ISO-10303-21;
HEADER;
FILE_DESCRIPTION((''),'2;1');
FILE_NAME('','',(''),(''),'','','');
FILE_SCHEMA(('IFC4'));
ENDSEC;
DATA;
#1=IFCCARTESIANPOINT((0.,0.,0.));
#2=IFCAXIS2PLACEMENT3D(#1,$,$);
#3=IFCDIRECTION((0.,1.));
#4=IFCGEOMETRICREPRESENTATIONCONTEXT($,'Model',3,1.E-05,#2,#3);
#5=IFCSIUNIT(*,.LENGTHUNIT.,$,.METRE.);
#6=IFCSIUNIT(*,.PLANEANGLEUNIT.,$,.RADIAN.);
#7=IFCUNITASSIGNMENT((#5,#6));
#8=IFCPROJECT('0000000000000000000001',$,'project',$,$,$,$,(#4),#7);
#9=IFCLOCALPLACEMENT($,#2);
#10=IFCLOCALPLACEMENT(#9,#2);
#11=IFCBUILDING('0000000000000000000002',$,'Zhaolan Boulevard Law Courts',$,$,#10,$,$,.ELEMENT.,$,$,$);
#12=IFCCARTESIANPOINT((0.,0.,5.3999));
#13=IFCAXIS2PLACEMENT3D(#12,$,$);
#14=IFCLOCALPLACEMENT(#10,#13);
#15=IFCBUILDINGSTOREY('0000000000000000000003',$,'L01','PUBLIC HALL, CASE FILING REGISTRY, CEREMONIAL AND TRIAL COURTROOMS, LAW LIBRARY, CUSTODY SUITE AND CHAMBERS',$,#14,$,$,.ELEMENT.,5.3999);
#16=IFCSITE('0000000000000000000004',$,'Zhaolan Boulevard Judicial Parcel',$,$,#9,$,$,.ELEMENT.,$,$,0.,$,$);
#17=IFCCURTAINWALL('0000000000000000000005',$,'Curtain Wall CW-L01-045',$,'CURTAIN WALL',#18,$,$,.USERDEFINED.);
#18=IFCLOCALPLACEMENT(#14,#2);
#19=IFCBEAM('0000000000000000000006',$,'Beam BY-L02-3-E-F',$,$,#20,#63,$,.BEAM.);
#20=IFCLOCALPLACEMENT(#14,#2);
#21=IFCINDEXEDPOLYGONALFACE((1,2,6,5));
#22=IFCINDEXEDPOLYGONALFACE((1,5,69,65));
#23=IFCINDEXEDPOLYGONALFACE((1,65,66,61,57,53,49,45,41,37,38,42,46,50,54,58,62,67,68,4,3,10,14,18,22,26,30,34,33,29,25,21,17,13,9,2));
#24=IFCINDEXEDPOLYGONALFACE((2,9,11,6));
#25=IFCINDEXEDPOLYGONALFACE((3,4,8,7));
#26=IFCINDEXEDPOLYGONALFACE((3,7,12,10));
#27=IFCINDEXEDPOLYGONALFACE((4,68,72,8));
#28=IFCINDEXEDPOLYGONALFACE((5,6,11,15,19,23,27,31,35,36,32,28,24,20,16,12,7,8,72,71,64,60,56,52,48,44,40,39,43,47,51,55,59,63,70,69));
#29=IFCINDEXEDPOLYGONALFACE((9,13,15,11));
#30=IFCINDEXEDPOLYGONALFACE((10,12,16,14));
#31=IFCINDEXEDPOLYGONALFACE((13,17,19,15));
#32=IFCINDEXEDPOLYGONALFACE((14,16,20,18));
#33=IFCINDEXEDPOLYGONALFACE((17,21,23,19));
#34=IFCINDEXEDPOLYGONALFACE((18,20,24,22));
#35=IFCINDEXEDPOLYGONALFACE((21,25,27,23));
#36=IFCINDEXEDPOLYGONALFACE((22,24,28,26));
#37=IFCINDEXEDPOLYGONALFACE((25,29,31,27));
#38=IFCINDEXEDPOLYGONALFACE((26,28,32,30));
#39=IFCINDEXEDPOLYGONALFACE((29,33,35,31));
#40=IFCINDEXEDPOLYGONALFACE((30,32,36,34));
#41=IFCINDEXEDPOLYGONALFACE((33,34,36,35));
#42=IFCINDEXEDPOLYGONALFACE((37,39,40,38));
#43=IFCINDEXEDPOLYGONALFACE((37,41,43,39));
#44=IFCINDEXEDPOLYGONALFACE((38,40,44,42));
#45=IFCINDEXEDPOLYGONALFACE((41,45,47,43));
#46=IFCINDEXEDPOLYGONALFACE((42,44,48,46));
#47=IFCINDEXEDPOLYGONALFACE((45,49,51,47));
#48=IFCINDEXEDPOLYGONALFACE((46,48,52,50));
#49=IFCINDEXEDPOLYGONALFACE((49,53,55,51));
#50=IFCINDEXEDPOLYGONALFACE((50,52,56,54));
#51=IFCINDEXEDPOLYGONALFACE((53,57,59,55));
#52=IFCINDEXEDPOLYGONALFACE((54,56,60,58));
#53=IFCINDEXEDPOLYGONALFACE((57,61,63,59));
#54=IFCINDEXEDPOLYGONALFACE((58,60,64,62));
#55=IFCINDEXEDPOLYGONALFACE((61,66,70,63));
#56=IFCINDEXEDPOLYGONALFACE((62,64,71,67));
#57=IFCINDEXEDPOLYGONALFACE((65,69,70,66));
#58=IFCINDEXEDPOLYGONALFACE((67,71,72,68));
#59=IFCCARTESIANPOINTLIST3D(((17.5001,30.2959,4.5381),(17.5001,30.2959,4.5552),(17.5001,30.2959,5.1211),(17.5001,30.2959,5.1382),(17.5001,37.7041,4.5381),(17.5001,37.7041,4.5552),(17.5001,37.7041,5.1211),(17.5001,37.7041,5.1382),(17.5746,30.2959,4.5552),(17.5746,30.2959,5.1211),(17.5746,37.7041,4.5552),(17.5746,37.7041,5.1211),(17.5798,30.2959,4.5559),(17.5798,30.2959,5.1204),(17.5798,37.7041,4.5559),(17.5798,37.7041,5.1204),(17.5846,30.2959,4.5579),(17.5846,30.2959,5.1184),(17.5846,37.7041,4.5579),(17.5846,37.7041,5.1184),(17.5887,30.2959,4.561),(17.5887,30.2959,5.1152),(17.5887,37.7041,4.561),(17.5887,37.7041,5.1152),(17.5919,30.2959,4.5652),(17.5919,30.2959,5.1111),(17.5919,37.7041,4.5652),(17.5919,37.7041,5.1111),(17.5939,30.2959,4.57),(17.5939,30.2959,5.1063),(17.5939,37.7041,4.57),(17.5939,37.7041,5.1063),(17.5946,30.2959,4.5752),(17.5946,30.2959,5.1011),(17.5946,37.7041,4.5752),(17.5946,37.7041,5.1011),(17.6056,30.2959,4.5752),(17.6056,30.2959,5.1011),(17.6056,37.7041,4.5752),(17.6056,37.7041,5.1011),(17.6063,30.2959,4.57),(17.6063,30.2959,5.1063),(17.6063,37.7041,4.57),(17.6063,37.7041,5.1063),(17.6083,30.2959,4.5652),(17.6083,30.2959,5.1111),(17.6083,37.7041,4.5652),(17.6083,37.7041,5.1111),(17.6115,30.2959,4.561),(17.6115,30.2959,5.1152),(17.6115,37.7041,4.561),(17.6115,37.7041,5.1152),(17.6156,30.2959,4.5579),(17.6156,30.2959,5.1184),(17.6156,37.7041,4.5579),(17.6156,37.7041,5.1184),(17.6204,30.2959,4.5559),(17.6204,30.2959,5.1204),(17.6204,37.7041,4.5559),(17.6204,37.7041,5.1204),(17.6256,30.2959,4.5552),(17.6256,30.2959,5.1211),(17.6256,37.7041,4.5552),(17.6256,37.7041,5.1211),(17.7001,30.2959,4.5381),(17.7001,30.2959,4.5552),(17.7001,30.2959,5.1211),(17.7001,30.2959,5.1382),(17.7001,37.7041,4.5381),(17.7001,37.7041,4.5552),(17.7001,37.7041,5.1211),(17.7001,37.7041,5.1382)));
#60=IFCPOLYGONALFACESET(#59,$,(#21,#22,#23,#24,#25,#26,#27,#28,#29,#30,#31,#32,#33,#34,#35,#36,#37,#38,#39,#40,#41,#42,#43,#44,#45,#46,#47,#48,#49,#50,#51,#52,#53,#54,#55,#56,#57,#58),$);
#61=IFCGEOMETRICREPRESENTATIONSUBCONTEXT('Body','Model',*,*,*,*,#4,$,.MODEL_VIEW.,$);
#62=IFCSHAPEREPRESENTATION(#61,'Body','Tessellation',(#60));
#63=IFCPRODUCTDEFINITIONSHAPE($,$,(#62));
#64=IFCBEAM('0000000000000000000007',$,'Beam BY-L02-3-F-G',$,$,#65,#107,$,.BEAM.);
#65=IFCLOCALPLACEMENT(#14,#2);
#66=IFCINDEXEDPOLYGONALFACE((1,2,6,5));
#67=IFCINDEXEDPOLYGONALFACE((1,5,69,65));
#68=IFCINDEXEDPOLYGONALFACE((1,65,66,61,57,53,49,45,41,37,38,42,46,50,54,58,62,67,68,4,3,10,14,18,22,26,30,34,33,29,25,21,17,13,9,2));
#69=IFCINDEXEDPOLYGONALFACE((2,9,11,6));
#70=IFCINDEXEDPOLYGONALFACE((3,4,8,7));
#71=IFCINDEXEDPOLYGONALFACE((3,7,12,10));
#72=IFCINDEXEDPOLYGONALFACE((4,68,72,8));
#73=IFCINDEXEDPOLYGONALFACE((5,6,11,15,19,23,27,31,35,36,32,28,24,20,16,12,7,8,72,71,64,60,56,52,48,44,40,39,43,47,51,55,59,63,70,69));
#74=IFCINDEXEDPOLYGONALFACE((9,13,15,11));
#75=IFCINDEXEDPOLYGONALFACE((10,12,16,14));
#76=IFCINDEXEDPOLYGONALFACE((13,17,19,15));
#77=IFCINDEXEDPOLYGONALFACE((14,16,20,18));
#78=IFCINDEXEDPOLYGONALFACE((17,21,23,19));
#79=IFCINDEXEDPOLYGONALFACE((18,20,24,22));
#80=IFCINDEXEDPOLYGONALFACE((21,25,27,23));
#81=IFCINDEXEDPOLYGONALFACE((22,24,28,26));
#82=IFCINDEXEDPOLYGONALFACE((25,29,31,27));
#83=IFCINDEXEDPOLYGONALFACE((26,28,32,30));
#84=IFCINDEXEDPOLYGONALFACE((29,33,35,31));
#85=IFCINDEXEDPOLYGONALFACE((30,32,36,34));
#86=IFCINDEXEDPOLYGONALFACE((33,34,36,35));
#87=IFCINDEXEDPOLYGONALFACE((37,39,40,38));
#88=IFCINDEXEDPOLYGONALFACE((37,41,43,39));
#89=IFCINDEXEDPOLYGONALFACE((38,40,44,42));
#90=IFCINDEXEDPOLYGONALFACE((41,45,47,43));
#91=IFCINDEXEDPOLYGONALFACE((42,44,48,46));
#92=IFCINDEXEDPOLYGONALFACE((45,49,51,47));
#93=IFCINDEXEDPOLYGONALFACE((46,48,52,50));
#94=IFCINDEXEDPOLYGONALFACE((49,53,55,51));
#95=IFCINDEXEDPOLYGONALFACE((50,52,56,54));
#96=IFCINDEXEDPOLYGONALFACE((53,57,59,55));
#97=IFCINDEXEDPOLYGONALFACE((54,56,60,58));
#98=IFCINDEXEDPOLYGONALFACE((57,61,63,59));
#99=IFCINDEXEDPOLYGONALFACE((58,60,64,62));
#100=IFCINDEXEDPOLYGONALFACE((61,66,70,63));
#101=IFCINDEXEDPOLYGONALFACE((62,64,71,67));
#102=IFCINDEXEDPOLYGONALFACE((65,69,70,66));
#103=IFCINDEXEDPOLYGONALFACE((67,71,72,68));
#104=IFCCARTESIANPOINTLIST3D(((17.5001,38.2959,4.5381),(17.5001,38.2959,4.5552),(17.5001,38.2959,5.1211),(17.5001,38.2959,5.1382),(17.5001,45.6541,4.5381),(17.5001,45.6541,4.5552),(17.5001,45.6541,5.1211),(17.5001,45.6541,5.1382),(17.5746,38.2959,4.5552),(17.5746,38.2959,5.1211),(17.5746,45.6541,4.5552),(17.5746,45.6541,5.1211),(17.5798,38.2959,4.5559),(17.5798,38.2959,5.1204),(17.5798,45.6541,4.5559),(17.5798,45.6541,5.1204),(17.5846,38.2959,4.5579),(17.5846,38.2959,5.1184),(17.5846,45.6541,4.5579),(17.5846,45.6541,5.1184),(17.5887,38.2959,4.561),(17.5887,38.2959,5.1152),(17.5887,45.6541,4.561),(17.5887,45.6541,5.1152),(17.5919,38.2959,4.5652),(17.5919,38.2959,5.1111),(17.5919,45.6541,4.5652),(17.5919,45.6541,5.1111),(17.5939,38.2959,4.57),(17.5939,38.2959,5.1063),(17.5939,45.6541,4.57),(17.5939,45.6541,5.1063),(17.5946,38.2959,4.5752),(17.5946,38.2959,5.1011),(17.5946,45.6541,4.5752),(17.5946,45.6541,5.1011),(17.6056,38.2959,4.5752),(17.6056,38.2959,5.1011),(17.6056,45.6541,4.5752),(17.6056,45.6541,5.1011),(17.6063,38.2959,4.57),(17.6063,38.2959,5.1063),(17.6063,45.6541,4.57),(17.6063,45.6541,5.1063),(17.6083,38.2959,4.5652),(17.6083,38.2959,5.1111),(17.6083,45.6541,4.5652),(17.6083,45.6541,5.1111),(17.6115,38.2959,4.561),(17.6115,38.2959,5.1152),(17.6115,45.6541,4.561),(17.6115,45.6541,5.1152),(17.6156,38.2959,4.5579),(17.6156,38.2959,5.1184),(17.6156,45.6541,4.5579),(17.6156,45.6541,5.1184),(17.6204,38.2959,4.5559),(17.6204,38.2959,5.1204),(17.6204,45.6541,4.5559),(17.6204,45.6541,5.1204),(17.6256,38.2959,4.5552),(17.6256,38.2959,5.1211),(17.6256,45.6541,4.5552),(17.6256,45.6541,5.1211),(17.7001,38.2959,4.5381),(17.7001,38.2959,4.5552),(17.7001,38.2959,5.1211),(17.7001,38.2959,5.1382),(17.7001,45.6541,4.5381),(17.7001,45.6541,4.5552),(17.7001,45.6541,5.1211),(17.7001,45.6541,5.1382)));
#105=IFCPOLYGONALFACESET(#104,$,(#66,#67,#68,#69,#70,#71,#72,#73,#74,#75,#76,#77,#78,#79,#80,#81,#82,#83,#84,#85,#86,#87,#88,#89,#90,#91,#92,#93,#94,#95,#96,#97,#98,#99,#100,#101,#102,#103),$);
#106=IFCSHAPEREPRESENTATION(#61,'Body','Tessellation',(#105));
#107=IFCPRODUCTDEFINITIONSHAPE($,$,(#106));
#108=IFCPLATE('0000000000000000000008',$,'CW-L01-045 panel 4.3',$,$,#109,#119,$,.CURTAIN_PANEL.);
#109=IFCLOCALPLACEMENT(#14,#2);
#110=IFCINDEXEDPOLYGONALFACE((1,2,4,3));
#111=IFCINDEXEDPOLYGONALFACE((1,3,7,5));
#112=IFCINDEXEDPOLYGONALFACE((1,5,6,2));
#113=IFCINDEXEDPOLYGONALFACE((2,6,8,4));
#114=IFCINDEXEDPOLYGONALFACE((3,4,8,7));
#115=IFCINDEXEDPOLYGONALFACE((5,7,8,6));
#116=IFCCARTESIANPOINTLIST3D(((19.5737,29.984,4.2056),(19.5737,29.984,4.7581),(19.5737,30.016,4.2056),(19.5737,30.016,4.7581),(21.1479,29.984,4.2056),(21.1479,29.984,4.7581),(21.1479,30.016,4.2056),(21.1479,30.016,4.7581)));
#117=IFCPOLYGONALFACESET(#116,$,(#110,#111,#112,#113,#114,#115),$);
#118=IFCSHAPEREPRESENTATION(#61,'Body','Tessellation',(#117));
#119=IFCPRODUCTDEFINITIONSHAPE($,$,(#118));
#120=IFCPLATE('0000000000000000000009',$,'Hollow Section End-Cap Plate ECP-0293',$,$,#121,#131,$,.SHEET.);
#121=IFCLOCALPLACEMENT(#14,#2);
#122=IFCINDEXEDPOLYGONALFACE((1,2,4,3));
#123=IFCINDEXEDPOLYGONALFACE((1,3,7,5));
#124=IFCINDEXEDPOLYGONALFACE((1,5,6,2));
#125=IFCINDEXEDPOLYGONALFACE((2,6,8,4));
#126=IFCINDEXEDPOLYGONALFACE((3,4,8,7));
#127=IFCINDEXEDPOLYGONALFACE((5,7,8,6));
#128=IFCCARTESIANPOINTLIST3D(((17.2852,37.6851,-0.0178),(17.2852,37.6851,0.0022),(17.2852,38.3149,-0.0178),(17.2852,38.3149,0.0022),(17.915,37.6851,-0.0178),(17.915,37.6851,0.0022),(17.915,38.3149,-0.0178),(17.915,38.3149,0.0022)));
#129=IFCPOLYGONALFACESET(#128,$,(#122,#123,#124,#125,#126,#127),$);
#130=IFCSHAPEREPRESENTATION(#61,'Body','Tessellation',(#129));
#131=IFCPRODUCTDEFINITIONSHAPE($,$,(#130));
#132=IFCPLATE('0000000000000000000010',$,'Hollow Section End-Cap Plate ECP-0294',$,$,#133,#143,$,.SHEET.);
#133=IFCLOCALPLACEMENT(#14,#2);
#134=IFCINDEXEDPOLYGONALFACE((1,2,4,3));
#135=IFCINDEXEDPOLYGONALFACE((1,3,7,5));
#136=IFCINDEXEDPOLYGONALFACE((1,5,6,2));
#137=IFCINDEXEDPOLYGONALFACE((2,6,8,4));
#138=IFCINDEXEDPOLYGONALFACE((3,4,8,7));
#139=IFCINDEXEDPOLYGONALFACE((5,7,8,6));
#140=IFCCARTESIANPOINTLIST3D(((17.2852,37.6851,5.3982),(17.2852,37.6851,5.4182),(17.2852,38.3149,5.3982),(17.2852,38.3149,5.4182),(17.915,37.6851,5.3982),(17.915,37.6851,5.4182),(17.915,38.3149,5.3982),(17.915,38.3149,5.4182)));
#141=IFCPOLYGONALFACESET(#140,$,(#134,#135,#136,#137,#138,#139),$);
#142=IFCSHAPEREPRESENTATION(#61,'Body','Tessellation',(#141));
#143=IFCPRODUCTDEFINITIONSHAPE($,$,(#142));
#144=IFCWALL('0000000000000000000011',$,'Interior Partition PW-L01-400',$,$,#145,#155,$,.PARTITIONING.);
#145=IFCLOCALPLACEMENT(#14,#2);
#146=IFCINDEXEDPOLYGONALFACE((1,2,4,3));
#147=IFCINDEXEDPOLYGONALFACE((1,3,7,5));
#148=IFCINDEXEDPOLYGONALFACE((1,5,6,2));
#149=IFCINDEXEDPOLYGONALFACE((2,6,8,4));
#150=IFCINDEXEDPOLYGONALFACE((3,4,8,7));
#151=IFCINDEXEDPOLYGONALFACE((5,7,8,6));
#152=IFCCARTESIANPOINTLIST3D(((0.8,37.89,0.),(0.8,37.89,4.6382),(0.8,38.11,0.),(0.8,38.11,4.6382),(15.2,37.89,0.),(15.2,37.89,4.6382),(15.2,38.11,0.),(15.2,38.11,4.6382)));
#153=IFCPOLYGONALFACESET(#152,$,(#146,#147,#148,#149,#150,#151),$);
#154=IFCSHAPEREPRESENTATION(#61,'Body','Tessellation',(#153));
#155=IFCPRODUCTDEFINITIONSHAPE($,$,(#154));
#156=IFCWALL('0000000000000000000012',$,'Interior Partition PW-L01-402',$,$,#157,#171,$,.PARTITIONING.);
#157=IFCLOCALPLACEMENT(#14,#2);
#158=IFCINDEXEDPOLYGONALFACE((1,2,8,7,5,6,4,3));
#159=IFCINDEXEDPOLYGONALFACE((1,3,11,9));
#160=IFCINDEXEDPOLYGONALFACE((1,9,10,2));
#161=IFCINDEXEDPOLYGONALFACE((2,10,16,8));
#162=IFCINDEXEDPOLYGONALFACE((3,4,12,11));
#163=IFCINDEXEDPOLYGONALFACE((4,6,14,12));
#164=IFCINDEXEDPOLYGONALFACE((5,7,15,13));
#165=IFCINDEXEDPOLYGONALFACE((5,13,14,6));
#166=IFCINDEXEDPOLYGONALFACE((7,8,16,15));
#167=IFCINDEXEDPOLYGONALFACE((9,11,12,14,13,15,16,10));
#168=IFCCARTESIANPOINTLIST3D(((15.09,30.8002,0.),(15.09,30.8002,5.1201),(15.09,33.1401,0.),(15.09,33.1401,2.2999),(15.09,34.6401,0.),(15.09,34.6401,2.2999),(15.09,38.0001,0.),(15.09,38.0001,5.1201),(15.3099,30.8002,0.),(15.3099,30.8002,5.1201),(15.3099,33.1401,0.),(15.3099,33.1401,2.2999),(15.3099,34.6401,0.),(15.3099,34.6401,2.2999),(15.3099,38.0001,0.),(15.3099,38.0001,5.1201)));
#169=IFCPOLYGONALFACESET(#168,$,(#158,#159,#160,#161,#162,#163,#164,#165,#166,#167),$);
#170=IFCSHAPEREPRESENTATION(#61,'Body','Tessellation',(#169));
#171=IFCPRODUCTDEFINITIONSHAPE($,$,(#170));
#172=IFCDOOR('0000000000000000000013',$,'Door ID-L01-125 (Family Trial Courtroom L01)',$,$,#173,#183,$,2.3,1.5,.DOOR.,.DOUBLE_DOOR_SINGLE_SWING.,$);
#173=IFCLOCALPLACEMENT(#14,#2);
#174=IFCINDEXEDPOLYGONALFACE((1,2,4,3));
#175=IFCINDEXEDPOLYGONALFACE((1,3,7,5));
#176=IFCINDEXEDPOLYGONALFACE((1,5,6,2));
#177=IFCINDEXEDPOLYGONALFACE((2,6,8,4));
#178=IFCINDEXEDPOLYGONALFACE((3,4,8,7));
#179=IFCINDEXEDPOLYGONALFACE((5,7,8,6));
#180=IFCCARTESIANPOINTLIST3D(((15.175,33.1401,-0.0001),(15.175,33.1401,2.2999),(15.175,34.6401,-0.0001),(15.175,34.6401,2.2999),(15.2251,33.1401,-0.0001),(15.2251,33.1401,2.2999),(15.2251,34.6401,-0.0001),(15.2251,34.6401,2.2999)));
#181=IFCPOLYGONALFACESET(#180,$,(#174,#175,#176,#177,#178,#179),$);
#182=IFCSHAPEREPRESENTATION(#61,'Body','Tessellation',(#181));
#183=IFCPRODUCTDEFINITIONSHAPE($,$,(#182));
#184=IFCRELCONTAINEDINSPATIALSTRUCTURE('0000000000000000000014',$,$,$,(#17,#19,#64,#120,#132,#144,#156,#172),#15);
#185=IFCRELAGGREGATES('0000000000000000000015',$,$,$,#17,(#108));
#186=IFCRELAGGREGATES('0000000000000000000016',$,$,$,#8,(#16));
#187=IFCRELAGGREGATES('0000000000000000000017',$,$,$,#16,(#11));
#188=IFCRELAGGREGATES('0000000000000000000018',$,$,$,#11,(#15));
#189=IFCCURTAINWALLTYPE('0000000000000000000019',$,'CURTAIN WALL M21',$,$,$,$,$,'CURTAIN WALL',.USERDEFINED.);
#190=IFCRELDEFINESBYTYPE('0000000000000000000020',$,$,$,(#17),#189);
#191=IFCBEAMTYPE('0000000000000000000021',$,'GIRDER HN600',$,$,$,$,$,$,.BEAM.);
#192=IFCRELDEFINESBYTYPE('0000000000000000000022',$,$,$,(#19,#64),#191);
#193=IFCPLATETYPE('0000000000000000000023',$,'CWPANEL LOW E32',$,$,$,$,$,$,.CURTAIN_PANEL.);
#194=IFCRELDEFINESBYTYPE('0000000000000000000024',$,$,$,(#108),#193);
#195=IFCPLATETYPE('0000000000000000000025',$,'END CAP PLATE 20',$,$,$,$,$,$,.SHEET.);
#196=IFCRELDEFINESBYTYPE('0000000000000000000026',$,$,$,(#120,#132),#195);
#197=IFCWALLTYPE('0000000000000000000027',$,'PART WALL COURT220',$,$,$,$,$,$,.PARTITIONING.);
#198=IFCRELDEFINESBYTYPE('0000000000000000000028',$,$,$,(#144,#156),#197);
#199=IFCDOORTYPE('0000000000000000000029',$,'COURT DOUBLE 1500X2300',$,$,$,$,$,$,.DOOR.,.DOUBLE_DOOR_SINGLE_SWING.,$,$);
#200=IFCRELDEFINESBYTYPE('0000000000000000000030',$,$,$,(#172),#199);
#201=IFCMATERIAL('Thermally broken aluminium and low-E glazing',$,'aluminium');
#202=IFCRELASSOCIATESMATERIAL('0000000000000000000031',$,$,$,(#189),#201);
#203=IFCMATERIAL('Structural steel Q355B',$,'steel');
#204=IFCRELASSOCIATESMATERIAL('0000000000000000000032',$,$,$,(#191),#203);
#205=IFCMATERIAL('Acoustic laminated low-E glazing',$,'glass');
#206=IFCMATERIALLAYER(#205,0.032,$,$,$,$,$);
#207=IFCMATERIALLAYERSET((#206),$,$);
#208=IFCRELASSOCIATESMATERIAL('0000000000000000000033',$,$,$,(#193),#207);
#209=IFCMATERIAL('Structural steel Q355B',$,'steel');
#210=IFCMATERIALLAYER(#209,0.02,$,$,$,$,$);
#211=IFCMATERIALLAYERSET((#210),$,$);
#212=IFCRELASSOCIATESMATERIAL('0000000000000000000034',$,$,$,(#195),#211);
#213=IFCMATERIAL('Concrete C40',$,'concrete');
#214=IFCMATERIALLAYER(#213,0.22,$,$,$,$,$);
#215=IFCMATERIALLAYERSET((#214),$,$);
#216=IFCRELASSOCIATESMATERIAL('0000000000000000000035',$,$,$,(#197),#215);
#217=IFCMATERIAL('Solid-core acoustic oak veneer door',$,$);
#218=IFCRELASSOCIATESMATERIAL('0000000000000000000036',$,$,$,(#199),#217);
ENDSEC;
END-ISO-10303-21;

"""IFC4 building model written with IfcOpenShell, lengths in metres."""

from ifc_helpers import new_model, si_unit, direction, frame, frame_2d, origin, origin_2d, place, context, subcontext, project, spatial, rectangle, i_section, extrude, material, layer, layer_set, material_profile, profile_set, type_object, element, fill, aggregate, save


model = new_model("IFC4")

# Units and contexts
model_context = context("Model", 3, precision=1e-05, world=origin(), true_north=direction((0.0, 1.0)))
body_context = subcontext(model_context, "Body", "Model", "MODEL_VIEW")
ifc_project = project(units=[si_unit("LENGTHUNIT", "METRE"), si_unit("PLANEANGLEUNIT", "RADIAN")], contexts=[model_context])

# Site, building, storey
site_placement = place(None, origin())
site = spatial("IfcSite", under=ifc_project, at=site_placement, Name="Zhaolan Boulevard Judicial Parcel", CompositionType="ELEMENT", RefElevation=0.0)
building_placement = place(site_placement, origin())
building = spatial("IfcBuilding", under=site, at=building_placement, Name="Zhaolan Boulevard Law Courts", CompositionType="ELEMENT")
storey_placement = place(building_placement, frame((0.0, 0.0, 5.3999)))
storey = spatial("IfcBuildingStorey", under=building, at=storey_placement, Name="L01", Description="PUBLIC HALL, CASE FILING REGISTRY, CEREMONIAL AND TRIAL COURTROOMS, LAW LIBRARY, CUSTODY SUITE AND CHAMBERS", CompositionType="ELEMENT", Elevation=5.3999)

# Curtain wall
ifc_material_1 = material(Name="Thermally broken aluminium and low-E glazing", Category="aluminium")
curtain_wall_type = type_object("IfcCurtainWallType", Name="CURTAIN WALL M21", ElementType="CURTAIN WALL", PredefinedType="USERDEFINED", material=ifc_material_1)
curtain_wall_placement = place(storey_placement, origin())
curtain_wall = element("IfcCurtainWall", 1, at=curtain_wall_placement, inside=storey, type_object=curtain_wall_type, Name="Curtain Wall CW-L01-045", ObjectType="CURTAIN WALL", PredefinedType="USERDEFINED")

# Beams
ifc_material_2 = material(Name="Structural steel Q355B", Category="steel")
ifc_material_profile_1 = material_profile(ifc_material_2, i_section(OverallWidth=0.2, OverallDepth=0.6001, WebThickness=0.011, FlangeThickness=0.0171, FilletRadius=0.02, at=origin_2d()), Name="HN600x200")
ifc_profile_set_1 = profile_set([ifc_material_profile_1], Name="Structural steel Q355B")
beam_type_1 = type_object("IfcBeamType", Name="GIRDER HN600", PredefinedType="BEAM", material=ifc_profile_set_1)
beam_1_placement = place(storey_placement, frame((17.6001, 30.2959, 4.8381), z_axis=(0.0, 1.0, 0.0), x_axis=(-1.0, 0.0, 0.0)))
element("IfcBeam", 2, at=beam_1_placement, inside=storey, type_object=beam_type_1, Name="Beam BY-L02-3-E-F", PredefinedType="BEAM", context=body_context, shape_type="SweptSolid", body=[
    extrude(i_section(OverallWidth=0.2, OverallDepth=0.6001, WebThickness=0.011, FlangeThickness=0.0171, FilletRadius=0.02, at=origin_2d()), origin(), (0.0, 0.0, 1.0), 7.4082),
])
beam_2_placement = place(storey_placement, frame((17.6001, 38.2959, 4.8381), z_axis=(0.0, 1.0, 0.0), x_axis=(-1.0, 0.0, 0.0)))
element("IfcBeam", 3, at=beam_2_placement, inside=storey, type_object=beam_type_1, Name="Beam BY-L02-3-F-G", PredefinedType="BEAM", context=body_context, shape_type="SweptSolid", body=[
    extrude(i_section(OverallWidth=0.2, OverallDepth=0.6001, WebThickness=0.011, FlangeThickness=0.0171, FilletRadius=0.02, at=origin_2d()), origin(), (0.0, 0.0, 1.0), 7.3582),
])

# Plate
ifc_material_3 = material(Name="Acoustic laminated low-E glazing", Category="glass")
ifc_layer_1 = layer(ifc_material_3, 0.032)
ifc_layer_set_1 = layer_set([ifc_layer_1])
plate_type_1 = type_object("IfcPlateType", Name="CWPANEL LOW E32", PredefinedType="CURTAIN_PANEL", material=ifc_layer_set_1)
plate_placement = place(storey_placement, frame((20.3608, 30.0, 4.2056), z_axis=(0.0, 0.0, 1.0), x_axis=(-1.0, 0.0, 0.0)))
plate = element("IfcPlate", 4, at=plate_placement, type_object=plate_type_1, Name="CW-L01-045 panel 4.3", PredefinedType="CURTAIN_PANEL", context=body_context, shape_type="SweptSolid", body=[
    extrude(rectangle(XDim=1.5742, YDim=0.032, at=origin_2d()), origin(), (0.0, 0.0, 1.0), 0.5525),
])
aggregate(curtain_wall, [plate])

# Plates
ifc_material_4 = material(Name="Structural steel Q355B", Category="steel")
ifc_layer_2 = layer(ifc_material_4, 0.02)
ifc_layer_set_2 = layer_set([ifc_layer_2])
plate_type_2 = type_object("IfcPlateType", Name="END CAP PLATE 20", PredefinedType="SHEET", material=ifc_layer_set_2)
for number, where, z_axis, x_axis, name in (
    (5, (17.6001, 38.0, -0.0178), (0.0, 0.0, 1.0), (1.0, 0.0, 0.0), "Hollow Section End-Cap Plate ECP-0293"),
    (6, (17.6001, 38.0, 5.3982), (0.0, 0.0, 1.0), (1.0, 0.0, 0.0), "Hollow Section End-Cap Plate ECP-0294"),
):
    element("IfcPlate", number, at=place(storey_placement, frame(where, z_axis=z_axis, x_axis=x_axis)), inside=storey, type_object=plate_type_2, Name=name, PredefinedType="SHEET", context=body_context, shape_type="SweptSolid", body=[
        extrude(rectangle(XDim=0.6299, YDim=0.6299, at=origin_2d()), origin(), (0.0, 0.0, 1.0), 0.02),
    ])

# Wall
ifc_material_5 = material(Name="Concrete C40", Category="concrete")
ifc_layer_3 = layer(ifc_material_5, 0.22)
ifc_layer_set_3 = layer_set([ifc_layer_3])
wall_type_1 = type_object("IfcWallType", Name="PART WALL COURT220", PredefinedType="PARTITIONING", material=ifc_layer_set_3)
wall_1_placement = place(storey_placement, frame((15.2, 38.0, 0.0), z_axis=(0.0, 0.0, 1.0), x_axis=(-1.0, 0.0, 0.0)))
element("IfcWall", 7, at=wall_1_placement, inside=storey, type_object=wall_type_1, Name="Interior Partition PW-L01-400", PredefinedType="PARTITIONING", context=body_context, shape_type="SweptSolid", body=[
    extrude(rectangle(XDim=14.3999, YDim=0.22, at=frame_2d((7.2, 0.0))), origin(), (0.0, 0.0, 1.0), 4.6382),
])

# Wall, opening, door
wall_2_placement = place(storey_placement, frame((15.2, 30.8, 0.0), z_axis=(0.0, 0.0, 1.0), x_axis=(0.0, 1.0, 0.0)))
wall_2 = element("IfcWall", 8, at=wall_2_placement, inside=storey, type_object=wall_type_1, Name="Interior Partition PW-L01-402", PredefinedType="PARTITIONING", context=body_context, shape_type="SweptSolid", body=[
    extrude(rectangle(XDim=7.2, YDim=0.22, at=frame_2d((3.6001, 0.0))), origin(), (0.0, 0.0, 1.0), 5.1201),
])
opening_placement = place(wall_2_placement, frame((2.3401, 0.0, 0.0)))
opening = element("IfcOpeningElement", 9, at=opening_placement, cuts=wall_2, PredefinedType="OPENING", context=body_context, shape_type="SweptSolid", body=[
    extrude(rectangle(XDim=1.5, YDim=2.3, at=frame_2d((0.75, 1.1499))), frame((0.0, 0.1199, 0.0), z_axis=(0.0, -1.0, 0.0), x_axis=(1.0, 0.0, 0.0)), (0.0, 0.0, 1.0), 0.24),
])
ifc_material_6 = material(Name="Solid-core acoustic oak veneer door")
door_type = type_object("IfcDoorType", Name="COURT DOUBLE 1500X2300", OperationType="DOUBLE_DOOR_SINGLE_SWING", PredefinedType="DOOR", material=ifc_material_6)
door_placement = place(opening_placement, origin())
door = element("IfcDoor", 10, at=door_placement, inside=storey, type_object=door_type, Name="Door ID-L01-125 (Family Trial Courtroom L01)", OperationType="DOUBLE_DOOR_SINGLE_SWING", OverallHeight=2.3, OverallWidth=1.5, PredefinedType="DOOR", context=body_context, shape_type="SweptSolid", body=[
    extrude(rectangle(XDim=1.5, YDim=2.3, at=frame_2d((0.75, 1.1499))), frame((0.0, 0.0249, 0.0), z_axis=(0.0, -1.0, 0.0), x_axis=(1.0, 0.0, 0.0)), (0.0, 0.0, 1.0), 0.05),
])
fill(opening, door)

save(model, "model.ifc")
